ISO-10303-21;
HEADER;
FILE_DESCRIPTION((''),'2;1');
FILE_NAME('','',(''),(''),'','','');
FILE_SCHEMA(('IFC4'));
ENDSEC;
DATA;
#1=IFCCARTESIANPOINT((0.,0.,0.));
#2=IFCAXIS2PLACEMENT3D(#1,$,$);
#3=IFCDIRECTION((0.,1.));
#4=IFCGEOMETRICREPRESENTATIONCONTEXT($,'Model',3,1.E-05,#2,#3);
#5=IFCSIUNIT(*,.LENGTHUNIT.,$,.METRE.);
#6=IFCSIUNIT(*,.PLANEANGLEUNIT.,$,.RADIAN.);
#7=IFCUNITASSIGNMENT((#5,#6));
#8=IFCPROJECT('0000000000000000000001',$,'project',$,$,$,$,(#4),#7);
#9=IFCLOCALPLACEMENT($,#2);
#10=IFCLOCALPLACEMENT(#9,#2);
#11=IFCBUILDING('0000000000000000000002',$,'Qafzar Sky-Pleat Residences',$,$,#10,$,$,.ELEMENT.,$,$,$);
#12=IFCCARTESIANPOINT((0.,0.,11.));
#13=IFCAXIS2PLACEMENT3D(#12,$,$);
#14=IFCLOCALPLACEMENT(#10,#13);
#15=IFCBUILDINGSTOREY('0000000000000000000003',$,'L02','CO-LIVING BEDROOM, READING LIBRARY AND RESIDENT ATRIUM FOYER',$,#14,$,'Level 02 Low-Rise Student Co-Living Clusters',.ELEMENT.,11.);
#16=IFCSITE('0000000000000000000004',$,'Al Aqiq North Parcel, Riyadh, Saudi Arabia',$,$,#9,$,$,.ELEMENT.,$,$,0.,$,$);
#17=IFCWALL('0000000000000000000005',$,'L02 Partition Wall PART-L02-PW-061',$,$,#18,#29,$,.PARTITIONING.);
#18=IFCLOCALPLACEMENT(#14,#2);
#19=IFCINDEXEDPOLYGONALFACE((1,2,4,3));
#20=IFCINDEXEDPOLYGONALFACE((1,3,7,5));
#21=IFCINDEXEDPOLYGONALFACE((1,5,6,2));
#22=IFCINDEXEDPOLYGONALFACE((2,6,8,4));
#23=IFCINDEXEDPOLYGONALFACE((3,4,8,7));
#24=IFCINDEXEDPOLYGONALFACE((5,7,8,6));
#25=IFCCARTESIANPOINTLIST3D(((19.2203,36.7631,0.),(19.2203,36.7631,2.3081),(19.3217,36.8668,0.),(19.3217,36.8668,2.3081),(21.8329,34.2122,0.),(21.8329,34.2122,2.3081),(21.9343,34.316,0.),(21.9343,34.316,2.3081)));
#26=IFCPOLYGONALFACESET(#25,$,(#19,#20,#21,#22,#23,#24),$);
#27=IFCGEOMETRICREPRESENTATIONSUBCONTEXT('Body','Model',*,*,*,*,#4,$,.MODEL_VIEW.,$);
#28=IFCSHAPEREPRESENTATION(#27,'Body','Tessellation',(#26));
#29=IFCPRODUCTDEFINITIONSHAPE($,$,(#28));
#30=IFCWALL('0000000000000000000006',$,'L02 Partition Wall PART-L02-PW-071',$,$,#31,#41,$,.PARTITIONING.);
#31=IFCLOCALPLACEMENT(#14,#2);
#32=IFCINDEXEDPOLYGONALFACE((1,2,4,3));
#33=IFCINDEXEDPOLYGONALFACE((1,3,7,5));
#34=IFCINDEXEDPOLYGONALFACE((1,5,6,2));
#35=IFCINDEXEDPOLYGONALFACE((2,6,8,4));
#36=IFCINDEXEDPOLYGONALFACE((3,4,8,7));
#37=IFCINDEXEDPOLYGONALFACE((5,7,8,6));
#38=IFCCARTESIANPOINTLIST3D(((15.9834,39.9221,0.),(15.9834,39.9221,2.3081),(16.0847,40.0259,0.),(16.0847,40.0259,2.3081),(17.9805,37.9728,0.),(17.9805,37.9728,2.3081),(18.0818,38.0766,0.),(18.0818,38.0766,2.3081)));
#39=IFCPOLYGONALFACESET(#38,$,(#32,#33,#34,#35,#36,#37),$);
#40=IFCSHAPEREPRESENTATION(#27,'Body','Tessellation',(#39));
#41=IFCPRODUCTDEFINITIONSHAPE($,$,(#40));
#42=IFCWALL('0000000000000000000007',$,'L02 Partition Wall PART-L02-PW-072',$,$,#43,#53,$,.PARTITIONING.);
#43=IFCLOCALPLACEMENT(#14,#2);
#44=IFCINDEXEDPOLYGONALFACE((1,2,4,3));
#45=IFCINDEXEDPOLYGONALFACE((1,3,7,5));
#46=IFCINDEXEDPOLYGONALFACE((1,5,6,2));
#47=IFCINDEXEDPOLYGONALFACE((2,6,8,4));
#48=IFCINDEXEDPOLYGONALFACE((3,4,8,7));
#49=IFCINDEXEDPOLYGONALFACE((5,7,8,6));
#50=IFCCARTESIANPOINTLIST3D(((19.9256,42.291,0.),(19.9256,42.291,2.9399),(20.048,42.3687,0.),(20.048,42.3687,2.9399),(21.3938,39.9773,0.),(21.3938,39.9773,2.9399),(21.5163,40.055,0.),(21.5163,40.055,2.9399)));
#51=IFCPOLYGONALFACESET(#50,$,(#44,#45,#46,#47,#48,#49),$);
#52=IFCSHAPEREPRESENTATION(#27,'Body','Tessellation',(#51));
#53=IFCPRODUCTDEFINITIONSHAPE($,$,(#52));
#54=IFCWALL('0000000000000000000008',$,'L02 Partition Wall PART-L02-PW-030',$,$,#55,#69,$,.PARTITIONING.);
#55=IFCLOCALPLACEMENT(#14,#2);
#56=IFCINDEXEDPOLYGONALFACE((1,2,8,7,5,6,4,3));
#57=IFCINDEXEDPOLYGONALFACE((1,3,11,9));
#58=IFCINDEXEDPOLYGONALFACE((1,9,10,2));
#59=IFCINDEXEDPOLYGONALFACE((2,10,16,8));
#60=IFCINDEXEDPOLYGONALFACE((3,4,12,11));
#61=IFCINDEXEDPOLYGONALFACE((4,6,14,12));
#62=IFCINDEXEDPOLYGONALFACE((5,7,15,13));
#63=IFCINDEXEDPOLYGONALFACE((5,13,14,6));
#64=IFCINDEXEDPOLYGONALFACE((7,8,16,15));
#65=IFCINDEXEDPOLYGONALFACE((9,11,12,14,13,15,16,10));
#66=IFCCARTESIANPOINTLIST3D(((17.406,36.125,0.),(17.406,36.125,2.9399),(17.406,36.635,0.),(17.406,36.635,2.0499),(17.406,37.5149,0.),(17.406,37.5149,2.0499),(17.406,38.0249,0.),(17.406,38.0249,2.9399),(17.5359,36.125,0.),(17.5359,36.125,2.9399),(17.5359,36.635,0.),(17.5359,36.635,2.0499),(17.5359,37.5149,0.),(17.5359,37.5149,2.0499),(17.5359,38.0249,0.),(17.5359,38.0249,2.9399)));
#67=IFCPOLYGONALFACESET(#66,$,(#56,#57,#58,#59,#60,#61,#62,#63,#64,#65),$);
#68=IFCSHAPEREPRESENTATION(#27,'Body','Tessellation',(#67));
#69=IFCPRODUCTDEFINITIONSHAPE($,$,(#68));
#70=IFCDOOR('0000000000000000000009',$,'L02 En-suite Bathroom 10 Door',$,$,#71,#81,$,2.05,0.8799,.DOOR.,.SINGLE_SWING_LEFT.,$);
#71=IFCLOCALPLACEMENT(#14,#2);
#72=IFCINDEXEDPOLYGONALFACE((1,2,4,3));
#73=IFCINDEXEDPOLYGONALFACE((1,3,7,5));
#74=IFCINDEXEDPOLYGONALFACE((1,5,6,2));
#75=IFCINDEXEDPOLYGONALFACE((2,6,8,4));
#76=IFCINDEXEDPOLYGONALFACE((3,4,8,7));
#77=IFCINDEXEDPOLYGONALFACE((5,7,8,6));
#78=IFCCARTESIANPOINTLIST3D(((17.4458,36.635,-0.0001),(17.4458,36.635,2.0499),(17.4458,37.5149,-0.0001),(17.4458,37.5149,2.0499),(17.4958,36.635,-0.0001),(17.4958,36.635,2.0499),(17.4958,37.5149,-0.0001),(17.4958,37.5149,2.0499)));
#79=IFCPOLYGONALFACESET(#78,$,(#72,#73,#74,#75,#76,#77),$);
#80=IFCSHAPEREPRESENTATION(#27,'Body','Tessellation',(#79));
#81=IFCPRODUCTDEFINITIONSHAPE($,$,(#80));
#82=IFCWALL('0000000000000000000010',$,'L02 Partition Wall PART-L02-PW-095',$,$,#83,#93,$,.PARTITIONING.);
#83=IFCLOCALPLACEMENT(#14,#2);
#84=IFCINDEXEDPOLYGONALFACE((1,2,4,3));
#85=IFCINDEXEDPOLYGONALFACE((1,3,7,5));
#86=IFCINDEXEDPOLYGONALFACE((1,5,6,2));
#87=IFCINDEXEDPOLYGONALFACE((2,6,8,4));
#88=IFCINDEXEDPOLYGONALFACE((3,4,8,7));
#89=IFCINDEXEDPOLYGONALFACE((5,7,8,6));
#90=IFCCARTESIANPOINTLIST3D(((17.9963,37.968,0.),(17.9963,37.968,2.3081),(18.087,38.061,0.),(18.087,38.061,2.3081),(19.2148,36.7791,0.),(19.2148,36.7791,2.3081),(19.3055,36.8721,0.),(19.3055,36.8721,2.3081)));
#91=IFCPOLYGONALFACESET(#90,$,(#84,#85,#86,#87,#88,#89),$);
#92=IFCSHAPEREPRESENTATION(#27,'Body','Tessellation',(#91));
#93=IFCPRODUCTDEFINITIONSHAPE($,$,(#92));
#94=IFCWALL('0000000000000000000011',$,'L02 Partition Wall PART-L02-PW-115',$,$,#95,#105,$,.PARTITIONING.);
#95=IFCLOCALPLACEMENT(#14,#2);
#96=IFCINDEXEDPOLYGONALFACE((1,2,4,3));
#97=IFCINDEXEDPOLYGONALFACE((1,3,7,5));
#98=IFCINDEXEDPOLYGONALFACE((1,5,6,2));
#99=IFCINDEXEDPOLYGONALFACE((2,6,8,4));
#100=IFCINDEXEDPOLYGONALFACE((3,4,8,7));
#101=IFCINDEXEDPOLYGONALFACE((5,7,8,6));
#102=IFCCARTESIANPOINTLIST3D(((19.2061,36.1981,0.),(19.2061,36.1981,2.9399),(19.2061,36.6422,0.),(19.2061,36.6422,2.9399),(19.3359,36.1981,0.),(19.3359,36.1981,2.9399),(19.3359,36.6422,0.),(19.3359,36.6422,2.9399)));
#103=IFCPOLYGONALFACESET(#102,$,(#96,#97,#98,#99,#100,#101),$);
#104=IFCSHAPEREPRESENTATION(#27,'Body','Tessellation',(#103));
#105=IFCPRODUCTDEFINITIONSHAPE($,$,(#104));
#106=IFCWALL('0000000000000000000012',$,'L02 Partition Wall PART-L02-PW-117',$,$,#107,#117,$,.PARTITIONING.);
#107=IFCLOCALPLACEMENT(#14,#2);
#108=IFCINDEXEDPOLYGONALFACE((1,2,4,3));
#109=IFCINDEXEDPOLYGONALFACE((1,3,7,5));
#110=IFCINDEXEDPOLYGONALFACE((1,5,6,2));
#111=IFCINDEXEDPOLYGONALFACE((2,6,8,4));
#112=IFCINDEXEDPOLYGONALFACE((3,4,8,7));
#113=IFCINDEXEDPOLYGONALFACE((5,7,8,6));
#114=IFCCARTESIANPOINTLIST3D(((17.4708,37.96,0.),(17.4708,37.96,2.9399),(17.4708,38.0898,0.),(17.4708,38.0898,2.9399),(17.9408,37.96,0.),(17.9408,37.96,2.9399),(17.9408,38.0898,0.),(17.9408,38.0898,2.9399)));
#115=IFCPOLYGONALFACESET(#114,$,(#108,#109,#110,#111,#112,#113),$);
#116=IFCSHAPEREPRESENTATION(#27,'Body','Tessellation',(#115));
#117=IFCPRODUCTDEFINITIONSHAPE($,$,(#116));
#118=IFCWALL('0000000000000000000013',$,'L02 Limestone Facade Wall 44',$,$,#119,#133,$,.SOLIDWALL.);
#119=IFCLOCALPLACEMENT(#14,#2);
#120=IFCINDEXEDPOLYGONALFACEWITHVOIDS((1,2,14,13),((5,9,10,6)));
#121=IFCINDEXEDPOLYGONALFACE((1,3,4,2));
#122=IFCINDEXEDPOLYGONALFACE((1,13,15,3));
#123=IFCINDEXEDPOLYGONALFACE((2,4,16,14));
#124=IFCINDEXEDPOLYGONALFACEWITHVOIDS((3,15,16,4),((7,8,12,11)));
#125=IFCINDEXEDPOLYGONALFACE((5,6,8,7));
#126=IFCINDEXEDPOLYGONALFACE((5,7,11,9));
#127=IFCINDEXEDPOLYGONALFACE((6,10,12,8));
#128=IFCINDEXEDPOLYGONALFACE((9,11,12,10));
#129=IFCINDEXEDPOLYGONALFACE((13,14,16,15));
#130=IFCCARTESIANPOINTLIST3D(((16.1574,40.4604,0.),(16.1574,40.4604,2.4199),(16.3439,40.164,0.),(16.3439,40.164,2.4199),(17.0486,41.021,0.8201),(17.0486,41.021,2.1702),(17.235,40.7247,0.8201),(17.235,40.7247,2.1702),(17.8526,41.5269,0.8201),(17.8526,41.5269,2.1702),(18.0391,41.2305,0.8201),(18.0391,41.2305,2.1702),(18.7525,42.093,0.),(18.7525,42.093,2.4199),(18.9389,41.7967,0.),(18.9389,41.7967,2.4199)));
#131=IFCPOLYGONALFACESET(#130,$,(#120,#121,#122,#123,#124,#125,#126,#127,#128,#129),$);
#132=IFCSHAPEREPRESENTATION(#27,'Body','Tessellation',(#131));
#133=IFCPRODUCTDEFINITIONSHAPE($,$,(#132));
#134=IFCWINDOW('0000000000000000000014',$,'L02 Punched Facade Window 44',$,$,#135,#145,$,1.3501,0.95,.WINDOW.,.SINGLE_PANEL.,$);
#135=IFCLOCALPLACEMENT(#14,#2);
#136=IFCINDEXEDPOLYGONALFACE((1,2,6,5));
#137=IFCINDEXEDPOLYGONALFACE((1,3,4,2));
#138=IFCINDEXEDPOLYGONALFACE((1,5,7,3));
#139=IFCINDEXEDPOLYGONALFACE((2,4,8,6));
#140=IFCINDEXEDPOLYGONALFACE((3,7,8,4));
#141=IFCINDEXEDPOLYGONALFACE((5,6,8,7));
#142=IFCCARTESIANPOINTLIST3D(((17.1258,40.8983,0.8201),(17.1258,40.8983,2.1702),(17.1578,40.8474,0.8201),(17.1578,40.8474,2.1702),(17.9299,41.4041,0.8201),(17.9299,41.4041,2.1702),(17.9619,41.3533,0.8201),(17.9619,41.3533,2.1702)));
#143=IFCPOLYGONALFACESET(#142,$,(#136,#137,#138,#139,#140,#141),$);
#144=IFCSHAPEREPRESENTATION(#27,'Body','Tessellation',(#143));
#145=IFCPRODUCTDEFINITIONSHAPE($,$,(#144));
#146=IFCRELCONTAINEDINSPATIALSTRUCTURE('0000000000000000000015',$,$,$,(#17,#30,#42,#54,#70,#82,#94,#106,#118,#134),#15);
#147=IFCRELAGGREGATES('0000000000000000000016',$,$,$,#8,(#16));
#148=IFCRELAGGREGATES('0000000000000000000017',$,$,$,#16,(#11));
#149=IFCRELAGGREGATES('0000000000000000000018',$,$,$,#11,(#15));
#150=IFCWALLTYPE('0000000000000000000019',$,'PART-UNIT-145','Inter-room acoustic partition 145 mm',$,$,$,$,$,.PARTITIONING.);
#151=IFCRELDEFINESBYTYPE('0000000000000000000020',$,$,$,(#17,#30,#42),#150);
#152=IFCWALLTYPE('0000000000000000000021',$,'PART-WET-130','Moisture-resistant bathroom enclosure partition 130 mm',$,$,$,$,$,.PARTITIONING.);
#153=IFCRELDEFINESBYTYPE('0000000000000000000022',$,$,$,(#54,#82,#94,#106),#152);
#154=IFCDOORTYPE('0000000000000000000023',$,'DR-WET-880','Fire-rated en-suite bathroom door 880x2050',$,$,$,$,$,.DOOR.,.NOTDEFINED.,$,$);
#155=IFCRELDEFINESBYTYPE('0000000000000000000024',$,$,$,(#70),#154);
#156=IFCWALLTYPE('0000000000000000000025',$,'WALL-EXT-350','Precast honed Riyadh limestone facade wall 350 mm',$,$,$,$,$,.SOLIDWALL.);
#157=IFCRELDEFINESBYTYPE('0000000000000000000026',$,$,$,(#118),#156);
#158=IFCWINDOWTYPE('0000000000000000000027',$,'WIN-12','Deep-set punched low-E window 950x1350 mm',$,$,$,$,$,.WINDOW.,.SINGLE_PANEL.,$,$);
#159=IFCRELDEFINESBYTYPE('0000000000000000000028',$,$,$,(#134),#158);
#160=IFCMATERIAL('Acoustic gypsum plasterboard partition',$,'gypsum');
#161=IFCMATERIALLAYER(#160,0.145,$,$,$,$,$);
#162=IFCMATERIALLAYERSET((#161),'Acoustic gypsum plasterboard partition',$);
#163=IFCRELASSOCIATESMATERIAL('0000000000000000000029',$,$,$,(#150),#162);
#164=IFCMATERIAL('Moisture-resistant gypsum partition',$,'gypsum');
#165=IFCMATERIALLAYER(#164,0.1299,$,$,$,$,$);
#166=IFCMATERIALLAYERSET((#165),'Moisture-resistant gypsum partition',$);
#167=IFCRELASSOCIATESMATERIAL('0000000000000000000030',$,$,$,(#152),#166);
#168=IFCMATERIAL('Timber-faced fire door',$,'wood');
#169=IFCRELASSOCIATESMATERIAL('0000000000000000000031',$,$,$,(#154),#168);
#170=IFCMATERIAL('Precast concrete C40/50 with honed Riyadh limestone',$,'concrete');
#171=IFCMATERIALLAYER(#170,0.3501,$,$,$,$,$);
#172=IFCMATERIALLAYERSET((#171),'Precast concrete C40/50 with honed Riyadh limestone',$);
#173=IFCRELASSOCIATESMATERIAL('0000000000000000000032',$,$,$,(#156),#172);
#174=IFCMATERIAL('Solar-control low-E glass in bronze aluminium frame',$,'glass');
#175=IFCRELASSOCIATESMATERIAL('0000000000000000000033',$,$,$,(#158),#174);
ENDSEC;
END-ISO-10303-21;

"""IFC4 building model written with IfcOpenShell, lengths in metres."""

from ifc_helpers import new_model, si_unit, direction, frame, frame_2d, origin, place, context, subcontext, project, spatial, rectangle, extrude, source, transform, mapped, material, layer, layer_set, type_object, element, fill, save


model = new_model("IFC4")

# Units and contexts
model_context = context("Model", 3, precision=1e-05, world=origin(), true_north=direction((0.0, 1.0)))
body_context = subcontext(model_context, "Body", "Model", "MODEL_VIEW")
ifc_project = project(units=[si_unit("LENGTHUNIT", "METRE"), si_unit("PLANEANGLEUNIT", "RADIAN")], contexts=[model_context])

# Site, building, storey
site_placement = place(None, origin())
site = spatial("IfcSite", under=ifc_project, at=site_placement, Name="Al Aqiq North Parcel, Riyadh, Saudi Arabia", CompositionType="ELEMENT", RefElevation=0.0)
building_placement = place(site_placement, origin())
building = spatial("IfcBuilding", under=site, at=building_placement, Name="Qafzar Sky-Pleat Residences", CompositionType="ELEMENT")
storey_placement = place(building_placement, frame((0.0, 0.0, 11.0)))
storey = spatial("IfcBuildingStorey", under=building, at=storey_placement, Name="L02", Description="CO-LIVING BEDROOM, READING LIBRARY AND RESIDENT ATRIUM FOYER", LongName="Level 02 Low-Rise Student Co-Living Clusters", CompositionType="ELEMENT", Elevation=11.0)

# Walls
ifc_material_1 = material(Name="Acoustic gypsum plasterboard partition", Category="gypsum")
ifc_layer_1 = layer(ifc_material_1, 0.145)
ifc_layer_set_1 = layer_set([ifc_layer_1], Name="Acoustic gypsum plasterboard partition")
wall_type_1 = type_object("IfcWallType", Name="PART-UNIT-145", Description="Inter-room acoustic partition 145 mm", PredefinedType="PARTITIONING", material=ifc_layer_set_1)
wall_1_placement = place(storey_placement, frame((19.271, 36.8149, 0.0), z_axis=(0.0, 0.0, 1.0), x_axis=(0.715515, -0.698598, 0.0)))
element("IfcWall", 1, at=wall_1_placement, inside=storey, type_object=wall_type_1, Name="L02 Partition Wall PART-L02-PW-061", PredefinedType="PARTITIONING", context=body_context, shape_type="SweptSolid", body=[
    extrude(rectangle(XDim=3.6514, YDim=0.145, at=frame_2d((1.8257, 0.0))), origin(), (0.0, 0.0, 1.0), 2.3081),
])
wall_2_placement = place(storey_placement, frame((16.0339, 39.9741, 0.0), z_axis=(0.0, 0.0, 1.0), x_axis=(0.715628, -0.698481, 0.0)))
element("IfcWall", 2, at=wall_2_placement, inside=storey, type_object=wall_type_1, Name="L02 Partition Wall PART-L02-PW-071", PredefinedType="PARTITIONING", context=body_context, shape_type="SweptSolid", body=[
    extrude(rectangle(XDim=2.7908, YDim=0.145, at=frame_2d((1.3955, 0.0))), origin(), (0.0, 0.0, 1.0), 2.3081),
])
wall_3_placement = place(storey_placement, frame((19.9868, 42.3298, 0.0), z_axis=(0.0, 0.0, 1.0), x_axis=(0.535809, -0.844339, 0.0)))
element("IfcWall", 3, at=wall_3_placement, inside=storey, type_object=wall_type_1, Name="L02 Partition Wall PART-L02-PW-072", PredefinedType="PARTITIONING", context=body_context, shape_type="SweptSolid", body=[
    extrude(rectangle(XDim=2.7402, YDim=0.145, at=frame_2d((1.3701, 0.0))), origin(), (0.0, 0.0, 1.0), 2.9399),
])

# Wall, opening, door
ifc_material_2 = material(Name="Moisture-resistant gypsum partition", Category="gypsum")
ifc_layer_2 = layer(ifc_material_2, 0.1299)
ifc_layer_set_2 = layer_set([ifc_layer_2], Name="Moisture-resistant gypsum partition")
wall_type_2 = type_object("IfcWallType", Name="PART-WET-130", Description="Moisture-resistant bathroom enclosure partition 130 mm", PredefinedType="PARTITIONING", material=ifc_layer_set_2)
wall_4_placement = place(storey_placement, frame((17.4709, 38.0249, 0.0), z_axis=(0.0, 0.0, 1.0), x_axis=(0.0, -1.0, 0.0)))
wall_4 = element("IfcWall", 4, at=wall_4_placement, inside=storey, type_object=wall_type_2, Name="L02 Partition Wall PART-L02-PW-030", PredefinedType="PARTITIONING", context=body_context, shape_type="SweptSolid", body=[
    extrude(rectangle(XDim=1.8999, YDim=0.1299, at=frame_2d((0.95, 0.0))), origin(), (0.0, 0.0, 1.0), 2.9399),
])
opening_1_placement = place(wall_4_placement, frame((0.51, 0.0, 0.0)))
opening_1 = element("IfcOpeningElement", 5, at=opening_1_placement, cuts=wall_4, PredefinedType="OPENING", context=body_context, shape_type="SweptSolid", body=[
    extrude(rectangle(XDim=0.8799, YDim=2.05, at=frame_2d((0.4399, 1.0249))), frame((0.0, 0.075, 0.0), z_axis=(0.0, -1.0, 0.0), x_axis=(1.0, 0.0, 0.0)), (0.0, 0.0, 1.0), 0.1499),
])
ifc_material_3 = material(Name="Timber-faced fire door", Category="wood")
door_type = type_object("IfcDoorType", Name="DR-WET-880", Description="Fire-rated en-suite bathroom door 880x2050", OperationType="NOTDEFINED", PredefinedType="DOOR", material=ifc_material_3)
shared_shape_1 = source(origin(), body_context, "Body", "SweptSolid", [
    extrude(rectangle(XDim=0.8799, YDim=2.05, at=frame_2d((0.4399, 1.0249))), frame((0.0, 0.0249, 0.0), z_axis=(0.0, -1.0, 0.0), x_axis=(1.0, 0.0, 0.0)), (0.0, 0.0, 1.0), 0.05),
])
door_placement = place(opening_1_placement, origin())
door = element("IfcDoor", 6, at=door_placement, inside=storey, type_object=door_type, Name="L02 En-suite Bathroom 10 Door", OperationType="SINGLE_SWING_LEFT", OverallHeight=2.05, OverallWidth=0.8799, PredefinedType="DOOR", context=body_context, shape_type="MappedRepresentation", body=[
    mapped(shared_shape_1, transform((0.0, 0.0, 0.0), x_axis=(1.0, 0.0, 0.0), y_axis=(0.0, 1.0, 0.0), z_axis=(0.0, 0.0, 1.0), scale=1.0)),
])
fill(opening_1, door)

# Walls
wall_5_placement = place(storey_placement, frame((18.0417, 38.0144, 0.0), z_axis=(0.0, 0.0, 1.0), x_axis=(0.715729, -0.698378, 0.0)))
element("IfcWall", 7, at=wall_5_placement, inside=storey, type_object=wall_type_2, Name="L02 Partition Wall PART-L02-PW-095", PredefinedType="PARTITIONING", context=body_context, shape_type="SweptSolid", body=[
    extrude(rectangle(XDim=1.7024, YDim=0.1299, at=frame_2d((0.8511, 0.0))), origin(), (0.0, 0.0, 1.0), 2.3081),
])
wall_6_placement = place(storey_placement, frame((19.271, 36.198, 0.0), z_axis=(0.0, 0.0, 1.0), x_axis=(0.0, 1.0, 0.0)))
element("IfcWall", 8, at=wall_6_placement, inside=storey, type_object=wall_type_2, Name="L02 Partition Wall PART-L02-PW-115", PredefinedType="PARTITIONING", context=body_context, shape_type="SweptSolid", body=[
    extrude(rectangle(XDim=0.4441, YDim=0.1299, at=frame_2d((0.2222, 0.0))), origin(), (0.0, 0.0, 1.0), 2.9399),
])
wall_7_placement = place(storey_placement, frame((17.4709, 38.0249, 0.0), z_axis=(0.0, 0.0, 1.0), x_axis=(1.0, 0.0, 0.0)))
element("IfcWall", 9, at=wall_7_placement, inside=storey, type_object=wall_type_2, Name="L02 Partition Wall PART-L02-PW-117", PredefinedType="PARTITIONING", context=body_context, shape_type="SweptSolid", body=[
    extrude(rectangle(XDim=0.47, YDim=0.1299, at=frame_2d((0.2349, 0.0))), origin(), (0.0, 0.0, 1.0), 2.9399),
])

# Wall, opening, window
ifc_material_4 = material(Name="Precast concrete C40/50 with honed Riyadh limestone", Category="concrete")
ifc_layer_3 = layer(ifc_material_4, 0.3501)
ifc_layer_set_3 = layer_set([ifc_layer_3], Name="Precast concrete C40/50 with honed Riyadh limestone")
wall_type_3 = type_object("IfcWallType", Name="WALL-EXT-350", Description="Precast honed Riyadh limestone facade wall 350 mm", PredefinedType="SOLIDWALL", material=ifc_layer_set_3)
wall_8_placement = place(storey_placement, frame((18.8457, 41.9448, 0.0), z_axis=(0.0, 0.0, 1.0), x_axis=(-0.846424, -0.532509, 0.0)))
wall_8 = element("IfcWall", 10, at=wall_8_placement, inside=storey, type_object=wall_type_3, Name="L02 Limestone Facade Wall 44", PredefinedType="SOLIDWALL", context=body_context, shape_type="SweptSolid", body=[
    extrude(rectangle(XDim=3.0659, YDim=0.3501, at=frame_2d((1.533, 0.0))), origin(), (0.0, 0.0, 1.0), 2.4199),
])
opening_2_placement = place(wall_8_placement, frame((1.063, 0.0, 0.8201)))
opening_2 = element("IfcOpeningElement", 11, at=opening_2_placement, cuts=wall_8, PredefinedType="OPENING", context=body_context, shape_type="SweptSolid", body=[
    extrude(rectangle(XDim=0.95, YDim=1.3501, at=frame_2d((0.4751, 0.675))), frame((0.0, 0.1851, 0.0), z_axis=(0.0, -1.0, 0.0), x_axis=(1.0, 0.0, 0.0)), (0.0, 0.0, 1.0), 0.3701),
])
ifc_material_5 = material(Name="Solar-control low-E glass in bronze aluminium frame", Category="glass")
window_type_1 = type_object("IfcWindowType", Name="WIN-12", Description="Deep-set punched low-E window 950x1350 mm", PartitioningType="SINGLE_PANEL", PredefinedType="WINDOW", material=ifc_material_5)
shared_shape_2 = source(origin(), body_context, "Body", "SweptSolid", [
    extrude(rectangle(XDim=0.95, YDim=1.3501, at=frame_2d((0.4751, 0.675))), frame((0.0, 0.03, 0.0), z_axis=(0.0, -1.0, 0.0), x_axis=(1.0, 0.0, 0.0)), (0.0, 0.0, 1.0), 0.0601),
])
window_1_placement = place(opening_2_placement, origin())
window_1 = element("IfcWindow", 12, at=window_1_placement, inside=storey, type_object=window_type_1, Name="L02 Punched Facade Window 44", OverallHeight=1.3501, OverallWidth=0.95, PartitioningType="SINGLE_PANEL", PredefinedType="WINDOW", context=body_context, shape_type="MappedRepresentation", body=[
    mapped(shared_shape_2, transform((0.0, 0.0, 0.0), x_axis=(1.0, 0.0, 0.0), y_axis=(0.0, 1.0, 0.0), z_axis=(0.0, 0.0, 1.0), scale=1.0)),
])
fill(opening_2, window_1)

save(model, "model.ifc")
